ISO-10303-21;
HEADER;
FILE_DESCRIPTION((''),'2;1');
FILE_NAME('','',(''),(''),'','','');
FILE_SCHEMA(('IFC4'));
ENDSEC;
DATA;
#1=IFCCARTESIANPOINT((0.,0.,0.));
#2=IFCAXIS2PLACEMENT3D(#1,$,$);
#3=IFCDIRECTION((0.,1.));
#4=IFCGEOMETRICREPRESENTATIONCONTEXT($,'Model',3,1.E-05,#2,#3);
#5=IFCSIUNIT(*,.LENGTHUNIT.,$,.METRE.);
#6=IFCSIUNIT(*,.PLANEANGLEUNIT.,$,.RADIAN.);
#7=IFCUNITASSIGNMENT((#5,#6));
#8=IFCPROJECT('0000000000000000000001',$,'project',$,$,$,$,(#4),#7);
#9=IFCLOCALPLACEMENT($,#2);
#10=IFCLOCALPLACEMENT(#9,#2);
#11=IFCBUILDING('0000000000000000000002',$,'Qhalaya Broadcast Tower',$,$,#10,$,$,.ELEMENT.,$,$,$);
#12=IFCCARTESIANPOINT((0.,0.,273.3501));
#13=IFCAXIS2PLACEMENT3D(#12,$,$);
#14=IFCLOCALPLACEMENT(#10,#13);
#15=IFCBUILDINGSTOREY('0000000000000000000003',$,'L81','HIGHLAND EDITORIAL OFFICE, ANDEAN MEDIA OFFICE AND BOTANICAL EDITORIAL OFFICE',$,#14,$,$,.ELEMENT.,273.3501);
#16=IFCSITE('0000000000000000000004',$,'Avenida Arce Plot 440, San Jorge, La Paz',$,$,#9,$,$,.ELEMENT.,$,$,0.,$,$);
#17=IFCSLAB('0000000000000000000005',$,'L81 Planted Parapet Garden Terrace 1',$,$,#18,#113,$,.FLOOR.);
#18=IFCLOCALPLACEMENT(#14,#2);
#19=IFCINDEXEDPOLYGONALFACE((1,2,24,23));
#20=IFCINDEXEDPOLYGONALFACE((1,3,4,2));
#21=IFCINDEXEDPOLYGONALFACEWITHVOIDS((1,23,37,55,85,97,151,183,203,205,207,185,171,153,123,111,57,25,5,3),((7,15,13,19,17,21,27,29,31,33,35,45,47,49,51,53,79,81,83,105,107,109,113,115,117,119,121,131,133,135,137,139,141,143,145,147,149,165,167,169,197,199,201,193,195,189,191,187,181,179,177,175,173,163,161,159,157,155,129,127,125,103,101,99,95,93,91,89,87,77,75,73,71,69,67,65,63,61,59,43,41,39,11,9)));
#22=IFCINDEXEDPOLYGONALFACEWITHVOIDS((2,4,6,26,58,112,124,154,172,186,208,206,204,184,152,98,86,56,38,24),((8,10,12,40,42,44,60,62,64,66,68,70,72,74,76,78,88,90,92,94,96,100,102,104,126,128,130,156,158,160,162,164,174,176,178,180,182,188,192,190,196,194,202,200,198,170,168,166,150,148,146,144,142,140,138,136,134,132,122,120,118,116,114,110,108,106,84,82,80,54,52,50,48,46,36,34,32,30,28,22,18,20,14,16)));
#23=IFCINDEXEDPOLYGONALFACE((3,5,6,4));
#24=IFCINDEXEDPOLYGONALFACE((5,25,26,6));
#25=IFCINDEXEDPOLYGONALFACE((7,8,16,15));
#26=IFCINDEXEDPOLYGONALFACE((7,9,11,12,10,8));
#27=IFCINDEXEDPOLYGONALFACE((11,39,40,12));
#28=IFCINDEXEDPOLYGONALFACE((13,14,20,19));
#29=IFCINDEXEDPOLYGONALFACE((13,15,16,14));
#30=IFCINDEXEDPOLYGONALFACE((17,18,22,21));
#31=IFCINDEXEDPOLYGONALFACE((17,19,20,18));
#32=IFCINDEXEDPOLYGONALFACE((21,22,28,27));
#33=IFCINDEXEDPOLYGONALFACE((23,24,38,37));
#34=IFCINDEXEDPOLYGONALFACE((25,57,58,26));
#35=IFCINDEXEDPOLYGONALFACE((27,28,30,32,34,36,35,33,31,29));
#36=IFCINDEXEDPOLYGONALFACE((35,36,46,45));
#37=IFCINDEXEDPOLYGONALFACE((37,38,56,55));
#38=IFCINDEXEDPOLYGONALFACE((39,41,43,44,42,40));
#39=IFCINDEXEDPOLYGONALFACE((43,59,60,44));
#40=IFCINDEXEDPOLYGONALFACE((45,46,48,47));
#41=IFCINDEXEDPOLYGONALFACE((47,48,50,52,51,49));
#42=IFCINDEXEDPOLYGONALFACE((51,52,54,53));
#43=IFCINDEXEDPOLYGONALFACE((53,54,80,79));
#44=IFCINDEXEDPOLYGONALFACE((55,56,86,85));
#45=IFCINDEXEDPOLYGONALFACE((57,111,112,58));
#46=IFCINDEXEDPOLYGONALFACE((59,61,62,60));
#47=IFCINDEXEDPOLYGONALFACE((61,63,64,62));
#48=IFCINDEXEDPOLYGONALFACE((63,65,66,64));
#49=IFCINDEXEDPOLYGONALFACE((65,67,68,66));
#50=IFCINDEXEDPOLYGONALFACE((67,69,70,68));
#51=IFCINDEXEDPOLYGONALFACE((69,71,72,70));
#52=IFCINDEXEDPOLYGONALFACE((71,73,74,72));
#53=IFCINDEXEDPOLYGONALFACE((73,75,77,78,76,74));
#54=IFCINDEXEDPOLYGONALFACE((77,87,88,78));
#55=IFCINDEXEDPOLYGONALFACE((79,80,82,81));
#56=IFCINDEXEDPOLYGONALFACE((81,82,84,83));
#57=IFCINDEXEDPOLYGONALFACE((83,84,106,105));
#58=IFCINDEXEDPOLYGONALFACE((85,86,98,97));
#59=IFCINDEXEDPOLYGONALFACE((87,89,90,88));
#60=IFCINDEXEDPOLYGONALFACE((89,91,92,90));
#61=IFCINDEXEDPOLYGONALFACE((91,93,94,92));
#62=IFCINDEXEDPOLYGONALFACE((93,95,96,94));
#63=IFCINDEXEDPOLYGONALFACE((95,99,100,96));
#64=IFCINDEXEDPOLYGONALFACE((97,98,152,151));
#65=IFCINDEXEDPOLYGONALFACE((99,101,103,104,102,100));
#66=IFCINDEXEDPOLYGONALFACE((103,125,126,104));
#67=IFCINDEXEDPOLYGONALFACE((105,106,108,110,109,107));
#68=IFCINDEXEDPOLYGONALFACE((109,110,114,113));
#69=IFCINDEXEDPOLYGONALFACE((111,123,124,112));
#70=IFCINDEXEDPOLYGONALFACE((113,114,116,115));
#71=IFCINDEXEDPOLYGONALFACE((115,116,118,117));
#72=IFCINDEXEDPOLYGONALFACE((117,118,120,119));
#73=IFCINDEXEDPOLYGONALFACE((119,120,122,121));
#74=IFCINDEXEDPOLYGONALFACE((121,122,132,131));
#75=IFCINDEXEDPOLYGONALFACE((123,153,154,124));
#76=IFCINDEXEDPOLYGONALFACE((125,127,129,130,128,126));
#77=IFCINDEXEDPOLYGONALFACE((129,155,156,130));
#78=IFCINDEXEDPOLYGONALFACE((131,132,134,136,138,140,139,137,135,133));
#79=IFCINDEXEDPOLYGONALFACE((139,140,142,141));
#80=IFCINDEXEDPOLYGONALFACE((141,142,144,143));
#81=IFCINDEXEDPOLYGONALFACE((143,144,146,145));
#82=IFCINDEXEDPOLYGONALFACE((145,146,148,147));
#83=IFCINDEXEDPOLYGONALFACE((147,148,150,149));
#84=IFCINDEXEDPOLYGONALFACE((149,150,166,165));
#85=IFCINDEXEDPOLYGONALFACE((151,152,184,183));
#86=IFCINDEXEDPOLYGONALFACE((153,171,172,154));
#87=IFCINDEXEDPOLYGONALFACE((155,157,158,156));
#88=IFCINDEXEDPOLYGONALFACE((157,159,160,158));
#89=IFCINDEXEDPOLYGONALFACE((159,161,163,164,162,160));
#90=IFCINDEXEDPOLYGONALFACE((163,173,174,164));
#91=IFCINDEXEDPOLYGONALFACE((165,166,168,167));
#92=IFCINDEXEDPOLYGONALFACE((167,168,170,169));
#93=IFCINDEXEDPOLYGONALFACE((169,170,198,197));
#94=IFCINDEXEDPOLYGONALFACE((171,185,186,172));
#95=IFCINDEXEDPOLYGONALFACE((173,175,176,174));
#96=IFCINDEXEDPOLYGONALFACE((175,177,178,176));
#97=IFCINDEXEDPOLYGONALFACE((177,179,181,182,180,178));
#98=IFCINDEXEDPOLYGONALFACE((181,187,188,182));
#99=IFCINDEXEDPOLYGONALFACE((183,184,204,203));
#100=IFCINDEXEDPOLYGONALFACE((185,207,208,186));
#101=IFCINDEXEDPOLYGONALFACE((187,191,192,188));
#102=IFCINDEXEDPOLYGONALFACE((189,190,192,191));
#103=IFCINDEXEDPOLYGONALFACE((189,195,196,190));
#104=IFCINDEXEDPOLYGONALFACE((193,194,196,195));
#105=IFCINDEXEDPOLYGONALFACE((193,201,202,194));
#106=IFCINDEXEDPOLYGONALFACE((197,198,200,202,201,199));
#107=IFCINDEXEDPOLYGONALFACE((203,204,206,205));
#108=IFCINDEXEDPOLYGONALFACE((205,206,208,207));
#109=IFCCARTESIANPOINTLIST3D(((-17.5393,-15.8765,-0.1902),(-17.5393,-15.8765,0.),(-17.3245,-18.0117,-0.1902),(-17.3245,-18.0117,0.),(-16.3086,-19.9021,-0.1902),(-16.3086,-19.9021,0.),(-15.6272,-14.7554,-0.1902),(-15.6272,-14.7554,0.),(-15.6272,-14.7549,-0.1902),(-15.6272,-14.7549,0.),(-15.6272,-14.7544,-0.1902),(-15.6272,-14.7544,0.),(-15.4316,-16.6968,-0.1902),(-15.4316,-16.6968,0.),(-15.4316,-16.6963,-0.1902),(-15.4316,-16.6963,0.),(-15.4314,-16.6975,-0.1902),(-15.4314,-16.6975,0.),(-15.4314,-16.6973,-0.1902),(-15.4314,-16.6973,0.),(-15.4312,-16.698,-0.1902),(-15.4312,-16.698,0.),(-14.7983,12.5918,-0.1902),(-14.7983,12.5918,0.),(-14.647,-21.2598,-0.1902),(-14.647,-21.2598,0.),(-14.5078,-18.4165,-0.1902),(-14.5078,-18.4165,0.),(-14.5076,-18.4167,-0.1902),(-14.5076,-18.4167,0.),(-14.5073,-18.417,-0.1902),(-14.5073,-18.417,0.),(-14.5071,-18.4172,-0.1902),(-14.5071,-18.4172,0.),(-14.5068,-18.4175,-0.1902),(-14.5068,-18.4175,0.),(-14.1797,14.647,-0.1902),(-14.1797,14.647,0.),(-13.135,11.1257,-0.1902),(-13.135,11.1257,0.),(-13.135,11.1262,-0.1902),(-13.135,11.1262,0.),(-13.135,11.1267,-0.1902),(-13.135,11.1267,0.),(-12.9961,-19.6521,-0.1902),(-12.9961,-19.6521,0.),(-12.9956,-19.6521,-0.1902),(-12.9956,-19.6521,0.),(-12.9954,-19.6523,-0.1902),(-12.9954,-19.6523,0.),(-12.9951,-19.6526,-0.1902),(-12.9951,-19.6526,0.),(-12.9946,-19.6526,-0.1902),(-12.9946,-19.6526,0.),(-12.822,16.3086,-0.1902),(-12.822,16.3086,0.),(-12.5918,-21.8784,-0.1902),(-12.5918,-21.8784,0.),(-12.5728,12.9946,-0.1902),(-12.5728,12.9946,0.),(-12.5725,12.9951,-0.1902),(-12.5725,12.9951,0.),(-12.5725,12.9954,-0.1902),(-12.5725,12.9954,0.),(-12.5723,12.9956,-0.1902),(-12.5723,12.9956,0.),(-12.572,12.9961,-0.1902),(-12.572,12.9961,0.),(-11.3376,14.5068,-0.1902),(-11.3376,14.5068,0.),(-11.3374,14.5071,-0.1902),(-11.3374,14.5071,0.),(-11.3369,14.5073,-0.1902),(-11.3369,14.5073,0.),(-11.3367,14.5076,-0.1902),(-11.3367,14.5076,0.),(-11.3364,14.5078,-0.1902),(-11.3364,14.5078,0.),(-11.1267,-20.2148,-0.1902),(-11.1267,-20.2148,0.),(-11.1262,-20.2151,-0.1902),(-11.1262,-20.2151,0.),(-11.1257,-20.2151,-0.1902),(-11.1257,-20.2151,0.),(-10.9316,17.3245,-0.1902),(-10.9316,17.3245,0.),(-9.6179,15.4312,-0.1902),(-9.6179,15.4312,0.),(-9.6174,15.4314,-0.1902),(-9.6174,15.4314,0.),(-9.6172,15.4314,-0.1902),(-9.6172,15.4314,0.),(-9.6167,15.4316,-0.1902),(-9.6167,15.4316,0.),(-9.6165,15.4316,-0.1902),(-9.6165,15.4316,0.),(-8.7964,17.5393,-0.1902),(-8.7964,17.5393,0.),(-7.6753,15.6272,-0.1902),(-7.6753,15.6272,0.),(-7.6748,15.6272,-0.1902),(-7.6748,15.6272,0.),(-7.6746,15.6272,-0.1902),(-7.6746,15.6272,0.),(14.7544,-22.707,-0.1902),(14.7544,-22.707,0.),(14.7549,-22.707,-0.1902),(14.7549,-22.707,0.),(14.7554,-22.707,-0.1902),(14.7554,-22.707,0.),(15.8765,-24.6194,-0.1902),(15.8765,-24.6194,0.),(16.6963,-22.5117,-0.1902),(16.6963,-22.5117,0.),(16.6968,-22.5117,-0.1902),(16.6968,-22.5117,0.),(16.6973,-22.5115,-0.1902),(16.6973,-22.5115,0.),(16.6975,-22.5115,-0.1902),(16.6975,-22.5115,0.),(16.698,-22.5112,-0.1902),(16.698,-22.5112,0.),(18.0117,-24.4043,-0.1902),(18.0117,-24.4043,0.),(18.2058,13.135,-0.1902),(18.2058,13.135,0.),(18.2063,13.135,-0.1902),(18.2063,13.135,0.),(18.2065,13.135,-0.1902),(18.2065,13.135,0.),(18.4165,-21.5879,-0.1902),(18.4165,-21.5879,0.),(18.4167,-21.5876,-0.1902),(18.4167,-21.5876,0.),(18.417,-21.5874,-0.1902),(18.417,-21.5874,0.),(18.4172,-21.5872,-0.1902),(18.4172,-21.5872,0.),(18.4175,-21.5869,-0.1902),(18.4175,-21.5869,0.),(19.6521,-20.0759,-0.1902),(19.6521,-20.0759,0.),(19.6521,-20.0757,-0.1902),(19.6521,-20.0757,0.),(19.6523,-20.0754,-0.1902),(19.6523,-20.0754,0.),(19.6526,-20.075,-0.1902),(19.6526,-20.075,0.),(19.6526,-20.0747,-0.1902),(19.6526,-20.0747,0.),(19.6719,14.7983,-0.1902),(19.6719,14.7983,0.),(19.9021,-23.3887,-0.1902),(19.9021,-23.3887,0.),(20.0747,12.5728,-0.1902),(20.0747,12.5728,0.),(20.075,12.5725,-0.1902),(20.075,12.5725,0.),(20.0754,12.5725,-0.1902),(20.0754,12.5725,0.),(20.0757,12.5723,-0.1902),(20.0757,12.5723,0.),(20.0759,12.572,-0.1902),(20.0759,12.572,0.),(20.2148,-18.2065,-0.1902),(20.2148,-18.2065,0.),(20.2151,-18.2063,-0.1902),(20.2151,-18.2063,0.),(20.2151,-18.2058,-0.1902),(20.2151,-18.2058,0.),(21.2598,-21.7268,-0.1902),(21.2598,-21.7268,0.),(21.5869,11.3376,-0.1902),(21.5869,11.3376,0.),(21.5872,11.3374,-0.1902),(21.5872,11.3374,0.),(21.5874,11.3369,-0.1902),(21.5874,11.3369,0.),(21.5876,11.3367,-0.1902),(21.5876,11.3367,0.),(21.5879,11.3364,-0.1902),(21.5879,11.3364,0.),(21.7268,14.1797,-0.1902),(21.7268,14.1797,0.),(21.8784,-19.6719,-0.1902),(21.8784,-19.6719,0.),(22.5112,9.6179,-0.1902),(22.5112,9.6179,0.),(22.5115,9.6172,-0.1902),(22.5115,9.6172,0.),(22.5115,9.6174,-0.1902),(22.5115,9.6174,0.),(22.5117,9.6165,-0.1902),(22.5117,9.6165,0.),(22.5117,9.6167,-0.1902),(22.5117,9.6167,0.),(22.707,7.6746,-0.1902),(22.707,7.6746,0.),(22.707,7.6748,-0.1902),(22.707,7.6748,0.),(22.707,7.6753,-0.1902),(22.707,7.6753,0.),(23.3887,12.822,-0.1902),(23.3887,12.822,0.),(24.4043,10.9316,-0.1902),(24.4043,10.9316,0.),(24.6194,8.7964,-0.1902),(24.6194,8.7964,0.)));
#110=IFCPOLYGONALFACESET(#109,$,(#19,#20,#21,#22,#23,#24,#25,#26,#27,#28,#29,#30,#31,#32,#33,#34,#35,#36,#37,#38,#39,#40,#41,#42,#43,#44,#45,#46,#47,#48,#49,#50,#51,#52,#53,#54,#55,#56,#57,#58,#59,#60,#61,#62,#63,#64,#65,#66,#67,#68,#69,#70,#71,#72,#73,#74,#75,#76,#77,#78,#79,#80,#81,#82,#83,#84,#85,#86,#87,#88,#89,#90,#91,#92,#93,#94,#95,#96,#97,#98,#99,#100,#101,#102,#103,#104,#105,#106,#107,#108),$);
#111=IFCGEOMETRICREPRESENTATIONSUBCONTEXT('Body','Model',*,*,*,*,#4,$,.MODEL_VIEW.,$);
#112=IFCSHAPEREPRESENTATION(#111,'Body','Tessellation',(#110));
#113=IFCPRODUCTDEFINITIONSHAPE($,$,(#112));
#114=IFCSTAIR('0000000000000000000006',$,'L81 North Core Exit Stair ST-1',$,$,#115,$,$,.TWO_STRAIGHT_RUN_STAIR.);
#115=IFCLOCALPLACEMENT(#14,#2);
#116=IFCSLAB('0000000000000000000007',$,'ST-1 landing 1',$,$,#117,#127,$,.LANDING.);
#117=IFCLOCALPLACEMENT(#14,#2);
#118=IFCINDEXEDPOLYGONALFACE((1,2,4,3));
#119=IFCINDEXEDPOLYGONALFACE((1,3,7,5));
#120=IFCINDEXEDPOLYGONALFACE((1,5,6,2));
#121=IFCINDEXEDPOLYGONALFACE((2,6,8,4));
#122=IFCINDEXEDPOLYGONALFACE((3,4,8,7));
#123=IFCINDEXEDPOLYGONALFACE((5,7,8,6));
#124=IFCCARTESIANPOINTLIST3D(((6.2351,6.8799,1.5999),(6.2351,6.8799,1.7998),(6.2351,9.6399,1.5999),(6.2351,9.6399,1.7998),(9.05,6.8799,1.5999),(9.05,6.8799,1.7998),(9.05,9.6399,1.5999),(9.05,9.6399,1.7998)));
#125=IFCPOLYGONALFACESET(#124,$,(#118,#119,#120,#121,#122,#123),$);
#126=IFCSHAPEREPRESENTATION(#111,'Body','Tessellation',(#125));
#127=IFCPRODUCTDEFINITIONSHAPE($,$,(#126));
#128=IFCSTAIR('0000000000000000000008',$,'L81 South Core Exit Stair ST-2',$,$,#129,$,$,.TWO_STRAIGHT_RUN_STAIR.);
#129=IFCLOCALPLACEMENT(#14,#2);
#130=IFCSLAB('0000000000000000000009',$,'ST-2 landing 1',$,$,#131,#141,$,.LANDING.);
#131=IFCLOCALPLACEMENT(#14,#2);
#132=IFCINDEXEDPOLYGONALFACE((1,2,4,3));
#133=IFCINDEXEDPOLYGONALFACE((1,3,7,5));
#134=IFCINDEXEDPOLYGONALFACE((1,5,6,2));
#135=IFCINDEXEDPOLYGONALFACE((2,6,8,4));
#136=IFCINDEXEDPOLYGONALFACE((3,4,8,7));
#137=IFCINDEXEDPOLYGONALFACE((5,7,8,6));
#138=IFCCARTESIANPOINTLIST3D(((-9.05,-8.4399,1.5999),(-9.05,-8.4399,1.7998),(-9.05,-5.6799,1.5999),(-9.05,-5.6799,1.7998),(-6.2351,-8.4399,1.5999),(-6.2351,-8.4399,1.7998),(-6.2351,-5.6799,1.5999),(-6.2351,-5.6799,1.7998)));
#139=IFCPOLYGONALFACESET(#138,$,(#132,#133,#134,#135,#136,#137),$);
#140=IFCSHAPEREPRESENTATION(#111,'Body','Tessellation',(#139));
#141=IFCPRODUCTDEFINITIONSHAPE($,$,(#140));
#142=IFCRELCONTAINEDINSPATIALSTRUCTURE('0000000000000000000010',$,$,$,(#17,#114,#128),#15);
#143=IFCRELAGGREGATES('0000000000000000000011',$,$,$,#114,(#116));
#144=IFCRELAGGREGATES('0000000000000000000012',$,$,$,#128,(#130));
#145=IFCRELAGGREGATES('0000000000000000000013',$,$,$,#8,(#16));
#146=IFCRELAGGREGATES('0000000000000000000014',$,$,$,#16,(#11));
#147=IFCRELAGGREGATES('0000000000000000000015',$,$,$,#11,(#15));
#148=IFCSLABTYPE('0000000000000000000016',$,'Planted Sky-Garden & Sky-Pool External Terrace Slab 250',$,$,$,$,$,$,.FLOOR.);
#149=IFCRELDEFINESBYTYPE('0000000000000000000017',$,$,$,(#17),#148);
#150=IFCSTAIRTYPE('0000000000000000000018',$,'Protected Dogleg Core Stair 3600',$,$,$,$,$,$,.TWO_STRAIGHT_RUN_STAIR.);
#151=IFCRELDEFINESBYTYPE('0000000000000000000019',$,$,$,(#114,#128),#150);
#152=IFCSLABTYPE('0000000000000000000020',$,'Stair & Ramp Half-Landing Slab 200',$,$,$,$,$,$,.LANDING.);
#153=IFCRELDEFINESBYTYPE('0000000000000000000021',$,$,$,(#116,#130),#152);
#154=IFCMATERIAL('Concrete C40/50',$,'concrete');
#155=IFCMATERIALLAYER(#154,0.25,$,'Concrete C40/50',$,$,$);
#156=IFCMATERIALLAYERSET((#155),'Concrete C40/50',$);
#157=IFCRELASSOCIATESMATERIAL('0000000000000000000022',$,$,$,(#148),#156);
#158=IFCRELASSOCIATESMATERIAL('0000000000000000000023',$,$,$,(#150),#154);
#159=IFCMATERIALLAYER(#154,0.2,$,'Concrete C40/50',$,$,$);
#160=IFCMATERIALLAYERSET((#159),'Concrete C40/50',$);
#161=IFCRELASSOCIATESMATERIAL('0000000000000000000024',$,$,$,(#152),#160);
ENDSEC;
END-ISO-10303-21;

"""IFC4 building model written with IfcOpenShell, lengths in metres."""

from ifc_helpers import new_model, si_unit, direction, frame, origin, place, context, subcontext, project, spatial, polyline, outline, extrude, material, layer, layer_set, type_object, element, aggregate, save


model = new_model("IFC4")

# Units and contexts
model_context = context("Model", 3, precision=1e-05, world=origin(), true_north=direction((0.0, 1.0)))
body_context = subcontext(model_context, "Body", "Model", "MODEL_VIEW")
ifc_project = project(units=[si_unit("LENGTHUNIT", "METRE"), si_unit("PLANEANGLEUNIT", "RADIAN")], contexts=[model_context])

# Site, building, storey
site_placement = place(None, origin())
site = spatial("IfcSite", under=ifc_project, at=site_placement, Name="Avenida Arce Plot 440, San Jorge, La Paz", CompositionType="ELEMENT", RefElevation=0.0)
building_placement = place(site_placement, origin())
building = spatial("IfcBuilding", under=site, at=building_placement, Name="Qhalaya Broadcast Tower", CompositionType="ELEMENT")
storey_placement = place(building_placement, frame((0.0, 0.0, 273.3501)))
storey = spatial("IfcBuildingStorey", under=building, at=storey_placement, Name="L81", Description="HIGHLAND EDITORIAL OFFICE, ANDEAN MEDIA OFFICE AND BOTANICAL EDITORIAL OFFICE", CompositionType="ELEMENT", Elevation=273.3501)

# Slab
ifc_material_1 = material(Name="Concrete C40/50", Category="concrete")
ifc_layer_1 = layer(ifc_material_1, 0.25, Name="Concrete C40/50")
ifc_layer_set_1 = layer_set([ifc_layer_1], Name="Concrete C40/50")
slab_type_1 = type_object("IfcSlabType", Name="Planted Sky-Garden & Sky-Pool External Terrace Slab 250", PredefinedType="FLOOR", material=ifc_layer_set_1)
slab_1_placement = place(storey_placement, frame((0.0, 0.0, -0.1902)))
element("IfcSlab", 1, at=slab_1_placement, inside=storey, type_object=slab_type_1, Name="L81 Planted Parapet Garden Terrace 1", PredefinedType="FLOOR", context=body_context, shape_type="SweptSolid", body=[
    extrude(outline(polyline([(15.8765, -24.6194), (18.0117, -24.4043), (19.9021, -23.3887), (21.2598, -21.7268), (21.8784, -19.6719), (24.6194, 8.7964), (24.4043, 10.9316), (23.3887, 12.822), (21.7268, 14.1797), (19.6719, 14.7983), (-8.7964, 17.5393), (-10.9316, 17.3245), (-12.822, 16.3086), (-14.1797, 14.647), (-14.7983, 12.5918), (-17.5393, -15.8765), (-17.3245, -18.0117), (-16.3086, -19.9021), (-14.647, -21.2598), (-12.5918, -21.8784), (15.8765, -24.6194)]), holes=[polyline([(14.7544, -22.707), (-11.1257, -20.2151), (-11.1262, -20.2151), (-11.1267, -20.2148), (-12.9946, -19.6526), (-12.9951, -19.6526), (-12.9954, -19.6523), (-12.9956, -19.6521), (-12.9961, -19.6521), (-14.5068, -18.4175), (-14.5071, -18.4172), (-14.5073, -18.417), (-14.5076, -18.4167), (-14.5078, -18.4165), (-15.4312, -16.698), (-15.4314, -16.6975), (-15.4314, -16.6973), (-15.4316, -16.6968), (-15.4316, -16.6963), (-15.6272, -14.7554), (-15.6272, -14.7549), (-15.6272, -14.7544), (-13.135, 11.1257), (-13.135, 11.1262), (-13.135, 11.1267), (-12.5728, 12.9946), (-12.5725, 12.9951), (-12.5725, 12.9954), (-12.5723, 12.9956), (-12.572, 12.9961), (-11.3376, 14.5068), (-11.3374, 14.5071), (-11.3369, 14.5073), (-11.3367, 14.5076), (-11.3364, 14.5078), (-9.6179, 15.4312), (-9.6174, 15.4314), (-9.6172, 15.4314), (-9.6167, 15.4316), (-9.6165, 15.4316), (-7.6753, 15.6272), (-7.6748, 15.6272), (-7.6746, 15.6272), (18.2058, 13.135), (18.2063, 13.135), (18.2065, 13.135), (20.0747, 12.5728), (20.075, 12.5725), (20.0754, 12.5725), (20.0757, 12.5723), (20.0759, 12.572), (21.5869, 11.3376), (21.5872, 11.3374), (21.5874, 11.3369), (21.5876, 11.3367), (21.5879, 11.3364), (22.5112, 9.6179), (22.5115, 9.6174), (22.5115, 9.6172), (22.5117, 9.6167), (22.5117, 9.6165), (22.707, 7.6753), (22.707, 7.6748), (22.707, 7.6746), (20.2151, -18.2058), (20.2151, -18.2063), (20.2148, -18.2065), (19.6526, -20.0747), (19.6526, -20.075), (19.6523, -20.0754), (19.6521, -20.0757), (19.6521, -20.0759), (18.4175, -21.5869), (18.4172, -21.5872), (18.417, -21.5874), (18.4167, -21.5876), (18.4165, -21.5879), (16.698, -22.5112), (16.6975, -22.5115), (16.6973, -22.5115), (16.6968, -22.5117), (16.6963, -22.5117), (14.7554, -22.707), (14.7549, -22.707), (14.7544, -22.707)])]), origin(), (0.0, 0.0, 1.0), 0.1902),
])

# Stairs, slabs
stair_type = type_object("IfcStairType", Name="Protected Dogleg Core Stair 3600", PredefinedType="TWO_STRAIGHT_RUN_STAIR", material=ifc_material_1)
stair_1_placement = place(storey_placement, origin())
stair_1 = element("IfcStair", 2, at=stair_1_placement, inside=storey, type_object=stair_type, Name="L81 North Core Exit Stair ST-1", PredefinedType="TWO_STRAIGHT_RUN_STAIR")
ifc_layer_2 = layer(ifc_material_1, 0.2, Name="Concrete C40/50")
ifc_layer_set_2 = layer_set([ifc_layer_2], Name="Concrete C40/50")
slab_type_2 = type_object("IfcSlabType", Name="Stair & Ramp Half-Landing Slab 200", PredefinedType="LANDING", material=ifc_layer_set_2)
slab_2_placement = place(storey_placement, frame((0.0, 0.0, 1.5999)))
slab_2 = element("IfcSlab", 3, at=slab_2_placement, type_object=slab_type_2, Name="ST-1 landing 1", PredefinedType="LANDING", context=body_context, shape_type="SweptSolid", body=[
    extrude(outline(polyline([(6.2351, 6.8799), (9.05, 6.8799), (9.05, 9.6399), (6.2351, 9.6399), (6.2351, 6.8799)])), origin(), (0.0, 0.0, 1.0), 0.2),
])
aggregate(stair_1, [slab_2])
stair_2_placement = place(storey_placement, origin())
stair_2 = element("IfcStair", 4, at=stair_2_placement, inside=storey, type_object=stair_type, Name="L81 South Core Exit Stair ST-2", PredefinedType="TWO_STRAIGHT_RUN_STAIR")
slab_3_placement = place(storey_placement, frame((0.0, 0.0, 1.5999)))
slab_3 = element("IfcSlab", 5, at=slab_3_placement, type_object=slab_type_2, Name="ST-2 landing 1", PredefinedType="LANDING", context=body_context, shape_type="SweptSolid", body=[
    extrude(outline(polyline([(-6.2351, -5.6799), (-9.05, -5.6799), (-9.05, -8.4399), (-6.2351, -8.4399), (-6.2351, -5.6799)])), origin(), (0.0, 0.0, 1.0), 0.2),
])
aggregate(stair_2, [slab_3])

save(model, "model.ifc")
